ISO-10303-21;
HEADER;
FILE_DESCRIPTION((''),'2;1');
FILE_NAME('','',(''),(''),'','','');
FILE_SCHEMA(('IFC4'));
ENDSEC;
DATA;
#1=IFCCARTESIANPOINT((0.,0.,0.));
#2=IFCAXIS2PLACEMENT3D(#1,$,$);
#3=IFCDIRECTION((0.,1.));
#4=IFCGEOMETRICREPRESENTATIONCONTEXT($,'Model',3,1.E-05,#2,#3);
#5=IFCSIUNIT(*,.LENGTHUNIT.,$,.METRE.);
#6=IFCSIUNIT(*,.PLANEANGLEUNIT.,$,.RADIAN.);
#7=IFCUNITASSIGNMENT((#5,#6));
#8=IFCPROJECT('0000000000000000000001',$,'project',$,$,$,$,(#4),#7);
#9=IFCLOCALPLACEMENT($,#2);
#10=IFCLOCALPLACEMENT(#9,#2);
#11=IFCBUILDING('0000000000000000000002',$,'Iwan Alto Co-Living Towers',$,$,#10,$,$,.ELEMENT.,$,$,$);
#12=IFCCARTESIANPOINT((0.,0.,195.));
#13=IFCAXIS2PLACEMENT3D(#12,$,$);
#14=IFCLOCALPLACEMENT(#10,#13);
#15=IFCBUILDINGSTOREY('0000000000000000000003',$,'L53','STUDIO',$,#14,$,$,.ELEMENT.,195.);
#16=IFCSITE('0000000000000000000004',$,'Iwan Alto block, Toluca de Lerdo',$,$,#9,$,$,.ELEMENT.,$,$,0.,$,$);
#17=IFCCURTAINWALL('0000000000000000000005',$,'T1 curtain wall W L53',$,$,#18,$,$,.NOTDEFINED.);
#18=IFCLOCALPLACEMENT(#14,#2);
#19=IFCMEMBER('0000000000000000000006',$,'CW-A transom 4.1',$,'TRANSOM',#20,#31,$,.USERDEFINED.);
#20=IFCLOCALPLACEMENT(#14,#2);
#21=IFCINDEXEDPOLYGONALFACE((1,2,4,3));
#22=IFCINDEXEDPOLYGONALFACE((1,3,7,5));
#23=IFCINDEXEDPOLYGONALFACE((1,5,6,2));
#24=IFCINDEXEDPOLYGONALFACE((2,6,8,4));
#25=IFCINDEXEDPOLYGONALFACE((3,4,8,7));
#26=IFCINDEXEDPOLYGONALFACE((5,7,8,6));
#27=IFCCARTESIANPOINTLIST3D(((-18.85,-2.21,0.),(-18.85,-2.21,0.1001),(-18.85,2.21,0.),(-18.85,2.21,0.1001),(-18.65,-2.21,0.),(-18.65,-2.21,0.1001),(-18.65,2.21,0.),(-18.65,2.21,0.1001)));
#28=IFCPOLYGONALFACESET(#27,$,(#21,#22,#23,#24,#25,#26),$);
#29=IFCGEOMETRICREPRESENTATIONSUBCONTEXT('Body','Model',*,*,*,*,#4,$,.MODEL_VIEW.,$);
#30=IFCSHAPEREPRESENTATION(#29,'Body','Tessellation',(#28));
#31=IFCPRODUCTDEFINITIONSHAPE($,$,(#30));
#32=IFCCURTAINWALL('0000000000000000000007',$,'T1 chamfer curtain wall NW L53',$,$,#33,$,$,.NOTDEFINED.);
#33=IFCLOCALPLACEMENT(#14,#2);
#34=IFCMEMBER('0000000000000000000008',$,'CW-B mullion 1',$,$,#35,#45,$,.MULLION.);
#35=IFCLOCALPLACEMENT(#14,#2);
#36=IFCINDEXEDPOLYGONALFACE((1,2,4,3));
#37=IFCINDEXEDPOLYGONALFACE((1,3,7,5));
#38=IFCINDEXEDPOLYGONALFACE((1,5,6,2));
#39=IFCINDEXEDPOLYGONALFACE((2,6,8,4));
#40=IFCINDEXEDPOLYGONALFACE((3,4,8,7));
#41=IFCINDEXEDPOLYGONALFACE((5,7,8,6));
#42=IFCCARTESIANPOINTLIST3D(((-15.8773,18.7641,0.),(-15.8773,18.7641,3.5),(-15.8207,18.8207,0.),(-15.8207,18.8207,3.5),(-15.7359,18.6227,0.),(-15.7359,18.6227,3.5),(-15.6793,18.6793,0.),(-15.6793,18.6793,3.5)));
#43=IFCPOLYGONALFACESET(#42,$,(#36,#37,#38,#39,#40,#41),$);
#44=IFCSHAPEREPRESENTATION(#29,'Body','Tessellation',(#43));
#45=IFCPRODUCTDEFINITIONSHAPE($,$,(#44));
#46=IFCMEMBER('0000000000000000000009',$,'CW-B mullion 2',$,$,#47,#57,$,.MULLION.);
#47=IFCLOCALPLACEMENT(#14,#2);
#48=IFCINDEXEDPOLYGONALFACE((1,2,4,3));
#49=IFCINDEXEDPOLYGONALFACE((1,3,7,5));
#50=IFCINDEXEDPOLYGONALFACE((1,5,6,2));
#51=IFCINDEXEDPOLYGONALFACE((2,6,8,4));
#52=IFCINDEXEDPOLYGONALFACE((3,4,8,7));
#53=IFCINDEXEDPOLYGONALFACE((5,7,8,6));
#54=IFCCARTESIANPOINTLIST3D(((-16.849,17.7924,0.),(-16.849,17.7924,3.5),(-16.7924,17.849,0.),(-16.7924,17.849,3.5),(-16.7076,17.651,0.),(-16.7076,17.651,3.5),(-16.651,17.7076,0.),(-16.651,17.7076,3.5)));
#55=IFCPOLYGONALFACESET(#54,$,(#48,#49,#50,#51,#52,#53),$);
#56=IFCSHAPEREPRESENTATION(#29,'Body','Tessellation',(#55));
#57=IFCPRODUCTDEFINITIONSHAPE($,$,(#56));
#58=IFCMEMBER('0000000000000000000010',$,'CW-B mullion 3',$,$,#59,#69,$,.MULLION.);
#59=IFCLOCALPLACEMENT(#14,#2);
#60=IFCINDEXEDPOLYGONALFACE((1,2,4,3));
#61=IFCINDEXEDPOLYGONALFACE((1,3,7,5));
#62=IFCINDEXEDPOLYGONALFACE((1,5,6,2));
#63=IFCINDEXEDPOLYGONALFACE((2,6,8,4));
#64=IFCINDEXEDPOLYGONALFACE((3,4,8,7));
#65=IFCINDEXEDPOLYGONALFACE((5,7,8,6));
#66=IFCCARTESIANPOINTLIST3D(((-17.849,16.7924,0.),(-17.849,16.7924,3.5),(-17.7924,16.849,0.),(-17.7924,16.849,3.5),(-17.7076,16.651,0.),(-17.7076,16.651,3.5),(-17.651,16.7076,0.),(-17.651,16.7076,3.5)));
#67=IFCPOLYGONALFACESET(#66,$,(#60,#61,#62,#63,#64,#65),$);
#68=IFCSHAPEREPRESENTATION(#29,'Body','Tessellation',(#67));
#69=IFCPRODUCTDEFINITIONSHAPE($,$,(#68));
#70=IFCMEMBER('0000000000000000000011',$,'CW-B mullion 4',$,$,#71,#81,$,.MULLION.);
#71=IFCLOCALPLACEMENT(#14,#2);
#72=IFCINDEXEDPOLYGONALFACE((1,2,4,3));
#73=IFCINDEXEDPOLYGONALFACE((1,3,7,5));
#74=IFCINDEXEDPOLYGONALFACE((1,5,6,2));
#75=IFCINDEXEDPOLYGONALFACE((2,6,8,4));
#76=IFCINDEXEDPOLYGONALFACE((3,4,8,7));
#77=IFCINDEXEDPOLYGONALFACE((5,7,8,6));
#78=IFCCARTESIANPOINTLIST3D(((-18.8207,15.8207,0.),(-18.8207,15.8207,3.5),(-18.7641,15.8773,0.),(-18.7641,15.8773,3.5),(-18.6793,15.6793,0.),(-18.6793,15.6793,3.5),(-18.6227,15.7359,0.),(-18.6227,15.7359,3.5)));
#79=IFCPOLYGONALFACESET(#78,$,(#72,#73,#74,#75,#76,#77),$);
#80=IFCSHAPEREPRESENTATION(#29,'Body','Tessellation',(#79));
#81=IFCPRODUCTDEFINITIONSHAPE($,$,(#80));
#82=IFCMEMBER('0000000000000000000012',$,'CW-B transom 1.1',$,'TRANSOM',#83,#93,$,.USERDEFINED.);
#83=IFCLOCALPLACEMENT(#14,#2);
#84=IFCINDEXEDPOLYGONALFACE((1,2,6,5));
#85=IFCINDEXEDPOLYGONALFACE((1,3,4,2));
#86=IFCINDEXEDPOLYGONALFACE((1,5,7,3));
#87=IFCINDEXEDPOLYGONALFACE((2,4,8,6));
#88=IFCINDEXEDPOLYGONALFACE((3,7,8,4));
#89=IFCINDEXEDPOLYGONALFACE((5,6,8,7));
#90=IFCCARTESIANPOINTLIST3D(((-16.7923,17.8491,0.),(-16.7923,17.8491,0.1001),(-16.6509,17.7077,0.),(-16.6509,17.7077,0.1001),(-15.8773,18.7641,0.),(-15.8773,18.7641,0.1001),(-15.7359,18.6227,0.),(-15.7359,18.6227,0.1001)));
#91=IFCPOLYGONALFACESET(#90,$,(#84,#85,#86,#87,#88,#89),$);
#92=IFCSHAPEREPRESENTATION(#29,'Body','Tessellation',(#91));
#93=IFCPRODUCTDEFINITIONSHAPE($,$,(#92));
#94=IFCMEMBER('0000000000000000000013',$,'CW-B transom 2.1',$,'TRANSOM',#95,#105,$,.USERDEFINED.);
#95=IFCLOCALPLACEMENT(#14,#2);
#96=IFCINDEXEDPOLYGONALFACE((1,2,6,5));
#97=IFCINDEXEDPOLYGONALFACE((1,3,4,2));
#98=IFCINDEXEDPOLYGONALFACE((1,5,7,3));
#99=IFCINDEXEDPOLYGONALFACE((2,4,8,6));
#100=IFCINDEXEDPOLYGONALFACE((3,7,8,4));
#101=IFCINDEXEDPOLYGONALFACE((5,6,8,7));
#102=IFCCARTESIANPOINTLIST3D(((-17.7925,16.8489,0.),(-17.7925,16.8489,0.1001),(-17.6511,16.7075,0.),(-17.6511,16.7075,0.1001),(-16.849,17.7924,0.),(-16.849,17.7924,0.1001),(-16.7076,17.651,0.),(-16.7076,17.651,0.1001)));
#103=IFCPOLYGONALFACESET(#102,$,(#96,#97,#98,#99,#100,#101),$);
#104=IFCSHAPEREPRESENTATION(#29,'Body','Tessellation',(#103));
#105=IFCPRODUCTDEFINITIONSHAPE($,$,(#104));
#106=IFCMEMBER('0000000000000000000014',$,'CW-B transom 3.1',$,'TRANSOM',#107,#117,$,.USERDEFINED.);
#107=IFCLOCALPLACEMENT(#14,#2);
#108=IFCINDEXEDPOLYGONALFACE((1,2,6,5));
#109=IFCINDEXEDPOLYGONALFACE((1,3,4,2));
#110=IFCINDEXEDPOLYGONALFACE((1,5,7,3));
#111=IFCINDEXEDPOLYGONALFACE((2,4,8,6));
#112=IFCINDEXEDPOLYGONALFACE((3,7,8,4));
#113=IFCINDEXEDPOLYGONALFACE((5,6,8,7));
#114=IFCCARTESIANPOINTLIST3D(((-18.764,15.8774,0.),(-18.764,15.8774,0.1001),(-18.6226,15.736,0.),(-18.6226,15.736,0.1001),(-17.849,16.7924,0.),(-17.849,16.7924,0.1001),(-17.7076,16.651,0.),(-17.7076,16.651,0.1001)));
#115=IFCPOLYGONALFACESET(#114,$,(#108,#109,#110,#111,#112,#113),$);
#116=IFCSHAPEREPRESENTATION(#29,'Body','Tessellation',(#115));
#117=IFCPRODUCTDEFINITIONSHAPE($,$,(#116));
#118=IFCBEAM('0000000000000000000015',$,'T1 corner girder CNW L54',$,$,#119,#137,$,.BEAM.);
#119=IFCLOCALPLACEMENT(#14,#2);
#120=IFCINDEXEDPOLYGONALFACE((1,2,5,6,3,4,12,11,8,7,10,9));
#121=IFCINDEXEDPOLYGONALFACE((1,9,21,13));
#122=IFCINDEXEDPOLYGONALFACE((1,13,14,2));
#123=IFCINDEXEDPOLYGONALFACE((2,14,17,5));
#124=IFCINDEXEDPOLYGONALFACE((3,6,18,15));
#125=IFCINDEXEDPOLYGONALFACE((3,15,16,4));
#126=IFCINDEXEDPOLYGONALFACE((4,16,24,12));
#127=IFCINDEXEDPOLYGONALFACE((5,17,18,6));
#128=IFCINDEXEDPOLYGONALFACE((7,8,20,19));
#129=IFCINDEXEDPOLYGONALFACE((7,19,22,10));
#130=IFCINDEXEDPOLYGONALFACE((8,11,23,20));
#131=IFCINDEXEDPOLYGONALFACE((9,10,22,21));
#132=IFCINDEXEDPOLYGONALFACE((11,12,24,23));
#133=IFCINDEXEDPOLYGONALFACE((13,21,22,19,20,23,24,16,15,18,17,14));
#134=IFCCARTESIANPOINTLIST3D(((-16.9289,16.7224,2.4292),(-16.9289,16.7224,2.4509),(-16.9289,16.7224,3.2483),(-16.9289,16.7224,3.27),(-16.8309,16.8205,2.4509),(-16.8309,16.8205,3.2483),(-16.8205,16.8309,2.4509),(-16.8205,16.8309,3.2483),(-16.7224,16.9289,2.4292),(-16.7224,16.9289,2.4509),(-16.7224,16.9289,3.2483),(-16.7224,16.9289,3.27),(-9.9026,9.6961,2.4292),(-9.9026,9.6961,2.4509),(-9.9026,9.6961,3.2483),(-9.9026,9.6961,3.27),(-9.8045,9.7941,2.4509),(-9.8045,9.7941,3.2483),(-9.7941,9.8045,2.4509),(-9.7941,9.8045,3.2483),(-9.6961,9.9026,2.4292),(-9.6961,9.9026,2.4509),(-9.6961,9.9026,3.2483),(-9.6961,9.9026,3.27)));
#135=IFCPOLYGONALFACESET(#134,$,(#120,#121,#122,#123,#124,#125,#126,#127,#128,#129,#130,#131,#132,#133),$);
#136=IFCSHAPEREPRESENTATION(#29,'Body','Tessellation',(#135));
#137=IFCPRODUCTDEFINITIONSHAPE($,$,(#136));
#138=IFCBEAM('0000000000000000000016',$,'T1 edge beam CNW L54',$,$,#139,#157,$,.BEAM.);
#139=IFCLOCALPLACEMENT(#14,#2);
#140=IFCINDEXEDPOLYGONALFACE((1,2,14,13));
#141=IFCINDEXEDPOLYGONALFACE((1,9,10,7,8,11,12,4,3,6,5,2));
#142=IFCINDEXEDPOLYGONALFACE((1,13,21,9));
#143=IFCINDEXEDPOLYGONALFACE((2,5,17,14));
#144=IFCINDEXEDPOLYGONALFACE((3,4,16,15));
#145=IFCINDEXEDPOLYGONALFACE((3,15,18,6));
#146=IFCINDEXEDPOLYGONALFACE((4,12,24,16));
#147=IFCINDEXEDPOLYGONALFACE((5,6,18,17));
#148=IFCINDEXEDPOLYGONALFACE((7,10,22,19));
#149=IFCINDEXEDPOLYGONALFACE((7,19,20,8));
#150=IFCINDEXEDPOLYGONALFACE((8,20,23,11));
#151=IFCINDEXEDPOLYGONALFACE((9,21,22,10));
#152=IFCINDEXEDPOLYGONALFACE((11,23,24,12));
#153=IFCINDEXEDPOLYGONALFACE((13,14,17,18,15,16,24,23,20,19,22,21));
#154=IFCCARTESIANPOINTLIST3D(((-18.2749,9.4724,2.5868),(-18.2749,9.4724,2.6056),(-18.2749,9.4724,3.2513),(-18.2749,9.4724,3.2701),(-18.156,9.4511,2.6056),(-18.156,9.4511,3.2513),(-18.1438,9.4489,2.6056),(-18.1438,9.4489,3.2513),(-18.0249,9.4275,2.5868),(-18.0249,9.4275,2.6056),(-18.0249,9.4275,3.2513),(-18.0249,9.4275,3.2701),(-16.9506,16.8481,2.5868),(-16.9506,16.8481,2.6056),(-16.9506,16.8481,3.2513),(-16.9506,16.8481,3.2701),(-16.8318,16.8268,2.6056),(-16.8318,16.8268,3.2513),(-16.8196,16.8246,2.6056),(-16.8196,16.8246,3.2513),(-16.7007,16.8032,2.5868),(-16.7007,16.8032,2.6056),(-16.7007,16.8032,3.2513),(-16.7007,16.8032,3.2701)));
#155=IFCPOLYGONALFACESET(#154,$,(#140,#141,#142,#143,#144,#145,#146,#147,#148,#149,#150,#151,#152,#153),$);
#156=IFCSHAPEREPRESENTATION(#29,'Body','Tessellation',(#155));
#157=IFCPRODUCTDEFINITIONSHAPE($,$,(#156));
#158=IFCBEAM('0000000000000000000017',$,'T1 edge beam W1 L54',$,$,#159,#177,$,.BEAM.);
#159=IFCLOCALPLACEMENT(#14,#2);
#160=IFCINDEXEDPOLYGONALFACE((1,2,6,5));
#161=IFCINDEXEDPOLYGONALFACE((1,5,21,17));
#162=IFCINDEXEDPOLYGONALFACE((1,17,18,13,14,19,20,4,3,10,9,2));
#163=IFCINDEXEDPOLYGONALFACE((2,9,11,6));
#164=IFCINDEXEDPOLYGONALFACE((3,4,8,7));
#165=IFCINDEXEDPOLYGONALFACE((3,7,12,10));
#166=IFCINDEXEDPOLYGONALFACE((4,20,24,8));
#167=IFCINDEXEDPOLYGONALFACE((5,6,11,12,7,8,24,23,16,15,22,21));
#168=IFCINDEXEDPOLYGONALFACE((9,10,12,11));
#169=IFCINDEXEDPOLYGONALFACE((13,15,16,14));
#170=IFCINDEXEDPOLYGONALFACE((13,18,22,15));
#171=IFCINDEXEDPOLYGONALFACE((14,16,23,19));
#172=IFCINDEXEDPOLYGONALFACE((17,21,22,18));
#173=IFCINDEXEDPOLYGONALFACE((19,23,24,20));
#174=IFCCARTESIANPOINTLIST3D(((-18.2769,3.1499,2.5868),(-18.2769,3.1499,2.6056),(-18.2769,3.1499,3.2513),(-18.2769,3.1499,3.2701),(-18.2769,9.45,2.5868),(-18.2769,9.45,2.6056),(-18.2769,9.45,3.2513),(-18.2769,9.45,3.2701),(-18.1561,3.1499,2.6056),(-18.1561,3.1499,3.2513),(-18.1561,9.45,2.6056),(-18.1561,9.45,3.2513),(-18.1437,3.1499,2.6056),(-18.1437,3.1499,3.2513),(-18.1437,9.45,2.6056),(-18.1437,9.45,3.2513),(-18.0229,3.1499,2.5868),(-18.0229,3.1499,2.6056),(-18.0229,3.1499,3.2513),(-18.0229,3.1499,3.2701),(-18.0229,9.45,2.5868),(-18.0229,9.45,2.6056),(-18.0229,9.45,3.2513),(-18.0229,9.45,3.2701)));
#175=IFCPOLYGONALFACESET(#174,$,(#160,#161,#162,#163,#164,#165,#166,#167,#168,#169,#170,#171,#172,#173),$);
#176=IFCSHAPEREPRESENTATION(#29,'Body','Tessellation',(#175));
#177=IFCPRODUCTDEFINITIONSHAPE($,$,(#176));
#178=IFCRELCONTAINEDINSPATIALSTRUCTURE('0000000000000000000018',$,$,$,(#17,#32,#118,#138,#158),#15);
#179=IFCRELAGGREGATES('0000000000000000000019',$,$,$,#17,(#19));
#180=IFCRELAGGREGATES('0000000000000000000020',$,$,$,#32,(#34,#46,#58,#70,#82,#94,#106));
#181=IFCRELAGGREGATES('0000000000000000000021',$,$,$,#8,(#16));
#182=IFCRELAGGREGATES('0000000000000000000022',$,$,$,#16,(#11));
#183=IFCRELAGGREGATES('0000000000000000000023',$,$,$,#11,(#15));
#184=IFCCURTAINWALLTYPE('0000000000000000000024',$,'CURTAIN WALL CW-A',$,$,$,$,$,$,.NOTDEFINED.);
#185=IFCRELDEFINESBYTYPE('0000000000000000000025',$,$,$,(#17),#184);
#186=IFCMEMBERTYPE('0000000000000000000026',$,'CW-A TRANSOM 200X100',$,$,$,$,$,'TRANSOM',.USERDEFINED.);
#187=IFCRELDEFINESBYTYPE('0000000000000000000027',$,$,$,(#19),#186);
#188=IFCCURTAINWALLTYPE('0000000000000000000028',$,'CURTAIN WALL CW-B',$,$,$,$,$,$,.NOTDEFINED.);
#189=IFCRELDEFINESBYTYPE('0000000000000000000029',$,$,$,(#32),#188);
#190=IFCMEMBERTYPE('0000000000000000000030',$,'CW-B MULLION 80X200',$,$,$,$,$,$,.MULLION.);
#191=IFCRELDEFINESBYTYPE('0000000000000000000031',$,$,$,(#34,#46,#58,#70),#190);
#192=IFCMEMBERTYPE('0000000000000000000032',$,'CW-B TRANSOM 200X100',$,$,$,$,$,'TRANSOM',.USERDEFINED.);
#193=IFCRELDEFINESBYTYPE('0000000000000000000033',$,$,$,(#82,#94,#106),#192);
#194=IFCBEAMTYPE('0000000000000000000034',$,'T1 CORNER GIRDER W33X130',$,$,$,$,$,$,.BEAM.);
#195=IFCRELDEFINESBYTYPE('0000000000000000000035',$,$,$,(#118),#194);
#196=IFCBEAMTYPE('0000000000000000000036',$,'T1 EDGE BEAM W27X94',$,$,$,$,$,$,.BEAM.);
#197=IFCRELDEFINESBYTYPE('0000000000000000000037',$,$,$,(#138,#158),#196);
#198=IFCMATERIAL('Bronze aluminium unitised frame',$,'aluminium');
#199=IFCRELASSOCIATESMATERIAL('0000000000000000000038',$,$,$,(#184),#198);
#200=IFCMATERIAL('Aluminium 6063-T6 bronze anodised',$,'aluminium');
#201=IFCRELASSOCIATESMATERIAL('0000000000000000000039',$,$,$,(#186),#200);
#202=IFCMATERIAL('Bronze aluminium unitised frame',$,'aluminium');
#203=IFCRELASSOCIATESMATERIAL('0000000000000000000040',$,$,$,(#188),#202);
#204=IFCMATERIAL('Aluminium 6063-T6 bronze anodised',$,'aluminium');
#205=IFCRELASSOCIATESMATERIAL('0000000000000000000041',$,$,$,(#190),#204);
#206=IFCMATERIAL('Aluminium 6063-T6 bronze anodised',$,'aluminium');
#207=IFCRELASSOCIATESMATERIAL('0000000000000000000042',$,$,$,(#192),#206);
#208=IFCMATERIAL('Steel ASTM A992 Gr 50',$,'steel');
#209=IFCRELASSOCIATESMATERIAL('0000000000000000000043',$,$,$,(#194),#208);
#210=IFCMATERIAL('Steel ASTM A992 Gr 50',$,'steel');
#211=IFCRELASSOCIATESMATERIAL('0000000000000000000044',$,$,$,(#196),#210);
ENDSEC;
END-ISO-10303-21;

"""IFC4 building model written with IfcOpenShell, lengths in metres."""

from ifc_helpers import new_model, si_unit, direction, frame, origin, origin_2d, place, context, subcontext, project, spatial, rectangle, i_section, extrude, material, material_profile, profile_set, type_object, element, aggregate, save


model = new_model("IFC4")

# Units and contexts
model_context = context("Model", 3, precision=1e-05, world=origin(), true_north=direction((0.0, 1.0)))
body_context = subcontext(model_context, "Body", "Model", "MODEL_VIEW")
ifc_project = project(units=[si_unit("LENGTHUNIT", "METRE"), si_unit("PLANEANGLEUNIT", "RADIAN")], contexts=[model_context])

# Site, building, storey
site_placement = place(None, origin())
site = spatial("IfcSite", under=ifc_project, at=site_placement, Name="Iwan Alto block, Toluca de Lerdo", CompositionType="ELEMENT", RefElevation=0.0)
building_placement = place(site_placement, origin())
building = spatial("IfcBuilding", under=site, at=building_placement, Name="Iwan Alto Co-Living Towers", CompositionType="ELEMENT")
storey_placement = place(building_placement, frame((0.0, 0.0, 195.0)))
storey = spatial("IfcBuildingStorey", under=building, at=storey_placement, Name="L53", Description="STUDIO", CompositionType="ELEMENT", Elevation=195.0)

# Shared definitions
ifc_material_1 = material(Name="Bronze aluminium unitised frame", Category="aluminium")
curtain_wall_type_1 = type_object("IfcCurtainWallType", Name="CURTAIN WALL CW-A", PredefinedType="NOTDEFINED", material=ifc_material_1)

# Curtain walls, members
curtain_wall_1_placement = place(storey_placement, origin())
curtain_wall_1 = element("IfcCurtainWall", 1, at=curtain_wall_1_placement, inside=storey, type_object=curtain_wall_type_1, Name="T1 curtain wall W L53", PredefinedType="NOTDEFINED")
ifc_material_2 = material(Name="Aluminium 6063-T6 bronze anodised", Category="aluminium")
ifc_material_profile_1 = material_profile(ifc_material_2, rectangle(XDim=0.2, YDim=0.1001, at=origin_2d()), Name="AL 200X100")
ifc_profile_set_1 = profile_set([ifc_material_profile_1], Name="Aluminium 6063-T6 bronze anodised")
member_type_1 = type_object("IfcMemberType", Name="CW-A TRANSOM 200X100", ElementType="TRANSOM", PredefinedType="USERDEFINED", material=ifc_profile_set_1)
member_1_placement = place(storey_placement, frame((-18.75, 2.21, 0.05), z_axis=(0.0, -1.0, 0.0), x_axis=(1.0, 0.0, 0.0)))
member_1 = element("IfcMember", 2, at=member_1_placement, type_object=member_type_1, Name="CW-A transom 4.1", ObjectType="TRANSOM", PredefinedType="USERDEFINED", context=body_context, shape_type="SweptSolid", body=[
    extrude(rectangle(XDim=0.2, YDim=0.1001, at=origin_2d()), origin(), (0.0, 0.0, 1.0), 4.4199),
])
ifc_material_3 = material(Name="Bronze aluminium unitised frame", Category="aluminium")
curtain_wall_type_2 = type_object("IfcCurtainWallType", Name="CURTAIN WALL CW-B", PredefinedType="NOTDEFINED", material=ifc_material_3)
curtain_wall_2_placement = place(storey_placement, origin())
curtain_wall_2 = element("IfcCurtainWall", 3, at=curtain_wall_2_placement, inside=storey, type_object=curtain_wall_type_2, Name="T1 chamfer curtain wall NW L53", PredefinedType="NOTDEFINED")
ifc_material_4 = material(Name="Aluminium 6063-T6 bronze anodised", Category="aluminium")
ifc_material_profile_2 = material_profile(ifc_material_4, rectangle(XDim=0.2, YDim=0.0801, at=origin_2d()), Name="AL 80X200")
ifc_profile_set_2 = profile_set([ifc_material_profile_2], Name="Aluminium 6063-T6 bronze anodised")
member_type_2 = type_object("IfcMemberType", Name="CW-B MULLION 80X200", PredefinedType="MULLION", material=ifc_profile_set_2)
member_2_placement = place(storey_placement, frame((-15.7783, 18.7217, 0.0), z_axis=(0.0, 0.0, 1.0), x_axis=(0.707107, -0.707107, 0.0)))
member_2 = element("IfcMember", 4, at=member_2_placement, type_object=member_type_2, Name="CW-B mullion 1", PredefinedType="MULLION", context=body_context, shape_type="SweptSolid", body=[
    extrude(rectangle(XDim=0.2, YDim=0.0801, at=origin_2d()), origin(), (0.0, 0.0, 1.0), 3.5),
])
member_3_placement = place(storey_placement, frame((-16.75, 17.75, 0.0), z_axis=(0.0, 0.0, 1.0), x_axis=(0.707107, -0.707107, 0.0)))
member_3 = element("IfcMember", 5, at=member_3_placement, type_object=member_type_2, Name="CW-B mullion 2", PredefinedType="MULLION", context=body_context, shape_type="SweptSolid", body=[
    extrude(rectangle(XDim=0.2, YDim=0.0801, at=origin_2d()), origin(), (0.0, 0.0, 1.0), 3.5),
])
member_4_placement = place(storey_placement, frame((-17.75, 16.75, 0.0), z_axis=(0.0, 0.0, 1.0), x_axis=(0.707107, -0.707107, 0.0)))
member_4 = element("IfcMember", 6, at=member_4_placement, type_object=member_type_2, Name="CW-B mullion 3", PredefinedType="MULLION", context=body_context, shape_type="SweptSolid", body=[
    extrude(rectangle(XDim=0.2, YDim=0.0801, at=origin_2d()), origin(), (0.0, 0.0, 1.0), 3.5),
])
member_5_placement = place(storey_placement, frame((-18.7217, 15.7783, 0.0), z_axis=(0.0, 0.0, 1.0), x_axis=(0.707107, -0.707107, 0.0)))
member_5 = element("IfcMember", 7, at=member_5_placement, type_object=member_type_2, Name="CW-B mullion 4", PredefinedType="MULLION", context=body_context, shape_type="SweptSolid", body=[
    extrude(rectangle(XDim=0.2, YDim=0.0801, at=origin_2d()), origin(), (0.0, 0.0, 1.0), 3.5),
])
ifc_material_5 = material(Name="Aluminium 6063-T6 bronze anodised", Category="aluminium")
ifc_material_profile_3 = material_profile(ifc_material_5, rectangle(XDim=0.2, YDim=0.1001, at=origin_2d()), Name="AL 200X100")
ifc_profile_set_3 = profile_set([ifc_material_profile_3], Name="Aluminium 6063-T6 bronze anodised")
member_type_3 = type_object("IfcMemberType", Name="CW-B TRANSOM 200X100", ElementType="TRANSOM", PredefinedType="USERDEFINED", material=ifc_profile_set_3)
member_6_placement = place(storey_placement, frame((-15.8066, 18.6934, 0.05), z_axis=(-0.707107, -0.707107, 0.0), x_axis=(0.707107, -0.707107, 0.0)))
member_6 = element("IfcMember", 8, at=member_6_placement, type_object=member_type_3, Name="CW-B transom 1.1", ObjectType="TRANSOM", PredefinedType="USERDEFINED", context=body_context, shape_type="SweptSolid", body=[
    extrude(rectangle(XDim=0.2, YDim=0.1001, at=origin_2d()), origin(), (0.0, 0.0, 1.0), 1.2939),
])
member_7_placement = place(storey_placement, frame((-16.7783, 17.7217, 0.05), z_axis=(-0.707107, -0.707107, 0.0), x_axis=(0.707107, -0.707107, 0.0)))
member_7 = element("IfcMember", 9, at=member_7_placement, type_object=member_type_3, Name="CW-B transom 2.1", ObjectType="TRANSOM", PredefinedType="USERDEFINED", context=body_context, shape_type="SweptSolid", body=[
    extrude(rectangle(XDim=0.2, YDim=0.1001, at=origin_2d()), origin(), (0.0, 0.0, 1.0), 1.3342),
])
member_8_placement = place(storey_placement, frame((-17.7783, 16.7217, 0.05), z_axis=(-0.707107, -0.707107, 0.0), x_axis=(0.707107, -0.707107, 0.0)))
member_8 = element("IfcMember", 10, at=member_8_placement, type_object=member_type_3, Name="CW-B transom 3.1", ObjectType="TRANSOM", PredefinedType="USERDEFINED", context=body_context, shape_type="SweptSolid", body=[
    extrude(rectangle(XDim=0.2, YDim=0.1001, at=origin_2d()), origin(), (0.0, 0.0, 1.0), 1.2939),
])

# Beams
ifc_material_6 = material(Name="Steel ASTM A992 Gr 50", Category="steel")
ifc_material_profile_4 = material_profile(ifc_material_6, i_section(OverallWidth=0.292, OverallDepth=0.8408, WebThickness=0.0146, FlangeThickness=0.0217, at=origin_2d()), Name="W33X130")
ifc_profile_set_4 = profile_set([ifc_material_profile_4], Name="Steel ASTM A992 Gr 50")
beam_type_1 = type_object("IfcBeamType", Name="T1 CORNER GIRDER W33X130", PredefinedType="BEAM", material=ifc_profile_set_4)
beam_1_placement = place(storey_placement, frame((-16.8257, 16.8257, 2.8496), z_axis=(0.707107, -0.707107, 0.0), x_axis=(0.707107, 0.707107, 0.0)))
element("IfcBeam", 11, at=beam_1_placement, inside=storey, type_object=beam_type_1, Name="T1 corner girder CNW L54", PredefinedType="BEAM", context=body_context, shape_type="SweptSolid", body=[
    extrude(i_section(OverallWidth=0.292, OverallDepth=0.8408, WebThickness=0.0146, FlangeThickness=0.0217, at=origin_2d()), origin(), (0.0, 0.0, 1.0), 9.9368),
])
ifc_material_7 = material(Name="Steel ASTM A992 Gr 50", Category="steel")
ifc_material_profile_5 = material_profile(ifc_material_7, i_section(OverallWidth=0.2539, OverallDepth=0.6833, WebThickness=0.0125, FlangeThickness=0.0188, at=origin_2d()), Name="W27X94")
ifc_profile_set_5 = profile_set([ifc_material_profile_5], Name="Steel ASTM A992 Gr 50")
beam_type_2 = type_object("IfcBeamType", Name="T1 EDGE BEAM W27X94", PredefinedType="BEAM", material=ifc_profile_set_5)
beam_2_placement = place(storey_placement, frame((-16.8257, 16.8257, 2.9285), z_axis=(-0.176712, -0.984263, 0.0), x_axis=(0.984263, -0.176712, 0.0)))
element("IfcBeam", 12, at=beam_2_placement, inside=storey, type_object=beam_type_2, Name="T1 edge beam CNW L54", PredefinedType="BEAM", context=body_context, shape_type="SweptSolid", body=[
    extrude(i_section(OverallWidth=0.2539, OverallDepth=0.6833, WebThickness=0.0125, FlangeThickness=0.0188, at=origin_2d()), origin(), (0.0, 0.0, 1.0), 7.4937),
])
beam_3_placement = place(storey_placement, frame((-18.1499, 9.45, 2.9285), z_axis=(0.0, -1.0, 0.0), x_axis=(1.0, 0.0, 0.0)))
element("IfcBeam", 13, at=beam_3_placement, inside=storey, type_object=beam_type_2, Name="T1 edge beam W1 L54", PredefinedType="BEAM", context=body_context, shape_type="SweptSolid", body=[
    extrude(i_section(OverallWidth=0.2539, OverallDepth=0.6833, WebThickness=0.0125, FlangeThickness=0.0188, at=origin_2d()), origin(), (0.0, 0.0, 1.0), 6.3),
])

aggregate(curtain_wall_1, [member_1])
aggregate(curtain_wall_2, [member_2, member_3, member_4, member_5, member_6, member_7, member_8])

save(model, "model.ifc")
